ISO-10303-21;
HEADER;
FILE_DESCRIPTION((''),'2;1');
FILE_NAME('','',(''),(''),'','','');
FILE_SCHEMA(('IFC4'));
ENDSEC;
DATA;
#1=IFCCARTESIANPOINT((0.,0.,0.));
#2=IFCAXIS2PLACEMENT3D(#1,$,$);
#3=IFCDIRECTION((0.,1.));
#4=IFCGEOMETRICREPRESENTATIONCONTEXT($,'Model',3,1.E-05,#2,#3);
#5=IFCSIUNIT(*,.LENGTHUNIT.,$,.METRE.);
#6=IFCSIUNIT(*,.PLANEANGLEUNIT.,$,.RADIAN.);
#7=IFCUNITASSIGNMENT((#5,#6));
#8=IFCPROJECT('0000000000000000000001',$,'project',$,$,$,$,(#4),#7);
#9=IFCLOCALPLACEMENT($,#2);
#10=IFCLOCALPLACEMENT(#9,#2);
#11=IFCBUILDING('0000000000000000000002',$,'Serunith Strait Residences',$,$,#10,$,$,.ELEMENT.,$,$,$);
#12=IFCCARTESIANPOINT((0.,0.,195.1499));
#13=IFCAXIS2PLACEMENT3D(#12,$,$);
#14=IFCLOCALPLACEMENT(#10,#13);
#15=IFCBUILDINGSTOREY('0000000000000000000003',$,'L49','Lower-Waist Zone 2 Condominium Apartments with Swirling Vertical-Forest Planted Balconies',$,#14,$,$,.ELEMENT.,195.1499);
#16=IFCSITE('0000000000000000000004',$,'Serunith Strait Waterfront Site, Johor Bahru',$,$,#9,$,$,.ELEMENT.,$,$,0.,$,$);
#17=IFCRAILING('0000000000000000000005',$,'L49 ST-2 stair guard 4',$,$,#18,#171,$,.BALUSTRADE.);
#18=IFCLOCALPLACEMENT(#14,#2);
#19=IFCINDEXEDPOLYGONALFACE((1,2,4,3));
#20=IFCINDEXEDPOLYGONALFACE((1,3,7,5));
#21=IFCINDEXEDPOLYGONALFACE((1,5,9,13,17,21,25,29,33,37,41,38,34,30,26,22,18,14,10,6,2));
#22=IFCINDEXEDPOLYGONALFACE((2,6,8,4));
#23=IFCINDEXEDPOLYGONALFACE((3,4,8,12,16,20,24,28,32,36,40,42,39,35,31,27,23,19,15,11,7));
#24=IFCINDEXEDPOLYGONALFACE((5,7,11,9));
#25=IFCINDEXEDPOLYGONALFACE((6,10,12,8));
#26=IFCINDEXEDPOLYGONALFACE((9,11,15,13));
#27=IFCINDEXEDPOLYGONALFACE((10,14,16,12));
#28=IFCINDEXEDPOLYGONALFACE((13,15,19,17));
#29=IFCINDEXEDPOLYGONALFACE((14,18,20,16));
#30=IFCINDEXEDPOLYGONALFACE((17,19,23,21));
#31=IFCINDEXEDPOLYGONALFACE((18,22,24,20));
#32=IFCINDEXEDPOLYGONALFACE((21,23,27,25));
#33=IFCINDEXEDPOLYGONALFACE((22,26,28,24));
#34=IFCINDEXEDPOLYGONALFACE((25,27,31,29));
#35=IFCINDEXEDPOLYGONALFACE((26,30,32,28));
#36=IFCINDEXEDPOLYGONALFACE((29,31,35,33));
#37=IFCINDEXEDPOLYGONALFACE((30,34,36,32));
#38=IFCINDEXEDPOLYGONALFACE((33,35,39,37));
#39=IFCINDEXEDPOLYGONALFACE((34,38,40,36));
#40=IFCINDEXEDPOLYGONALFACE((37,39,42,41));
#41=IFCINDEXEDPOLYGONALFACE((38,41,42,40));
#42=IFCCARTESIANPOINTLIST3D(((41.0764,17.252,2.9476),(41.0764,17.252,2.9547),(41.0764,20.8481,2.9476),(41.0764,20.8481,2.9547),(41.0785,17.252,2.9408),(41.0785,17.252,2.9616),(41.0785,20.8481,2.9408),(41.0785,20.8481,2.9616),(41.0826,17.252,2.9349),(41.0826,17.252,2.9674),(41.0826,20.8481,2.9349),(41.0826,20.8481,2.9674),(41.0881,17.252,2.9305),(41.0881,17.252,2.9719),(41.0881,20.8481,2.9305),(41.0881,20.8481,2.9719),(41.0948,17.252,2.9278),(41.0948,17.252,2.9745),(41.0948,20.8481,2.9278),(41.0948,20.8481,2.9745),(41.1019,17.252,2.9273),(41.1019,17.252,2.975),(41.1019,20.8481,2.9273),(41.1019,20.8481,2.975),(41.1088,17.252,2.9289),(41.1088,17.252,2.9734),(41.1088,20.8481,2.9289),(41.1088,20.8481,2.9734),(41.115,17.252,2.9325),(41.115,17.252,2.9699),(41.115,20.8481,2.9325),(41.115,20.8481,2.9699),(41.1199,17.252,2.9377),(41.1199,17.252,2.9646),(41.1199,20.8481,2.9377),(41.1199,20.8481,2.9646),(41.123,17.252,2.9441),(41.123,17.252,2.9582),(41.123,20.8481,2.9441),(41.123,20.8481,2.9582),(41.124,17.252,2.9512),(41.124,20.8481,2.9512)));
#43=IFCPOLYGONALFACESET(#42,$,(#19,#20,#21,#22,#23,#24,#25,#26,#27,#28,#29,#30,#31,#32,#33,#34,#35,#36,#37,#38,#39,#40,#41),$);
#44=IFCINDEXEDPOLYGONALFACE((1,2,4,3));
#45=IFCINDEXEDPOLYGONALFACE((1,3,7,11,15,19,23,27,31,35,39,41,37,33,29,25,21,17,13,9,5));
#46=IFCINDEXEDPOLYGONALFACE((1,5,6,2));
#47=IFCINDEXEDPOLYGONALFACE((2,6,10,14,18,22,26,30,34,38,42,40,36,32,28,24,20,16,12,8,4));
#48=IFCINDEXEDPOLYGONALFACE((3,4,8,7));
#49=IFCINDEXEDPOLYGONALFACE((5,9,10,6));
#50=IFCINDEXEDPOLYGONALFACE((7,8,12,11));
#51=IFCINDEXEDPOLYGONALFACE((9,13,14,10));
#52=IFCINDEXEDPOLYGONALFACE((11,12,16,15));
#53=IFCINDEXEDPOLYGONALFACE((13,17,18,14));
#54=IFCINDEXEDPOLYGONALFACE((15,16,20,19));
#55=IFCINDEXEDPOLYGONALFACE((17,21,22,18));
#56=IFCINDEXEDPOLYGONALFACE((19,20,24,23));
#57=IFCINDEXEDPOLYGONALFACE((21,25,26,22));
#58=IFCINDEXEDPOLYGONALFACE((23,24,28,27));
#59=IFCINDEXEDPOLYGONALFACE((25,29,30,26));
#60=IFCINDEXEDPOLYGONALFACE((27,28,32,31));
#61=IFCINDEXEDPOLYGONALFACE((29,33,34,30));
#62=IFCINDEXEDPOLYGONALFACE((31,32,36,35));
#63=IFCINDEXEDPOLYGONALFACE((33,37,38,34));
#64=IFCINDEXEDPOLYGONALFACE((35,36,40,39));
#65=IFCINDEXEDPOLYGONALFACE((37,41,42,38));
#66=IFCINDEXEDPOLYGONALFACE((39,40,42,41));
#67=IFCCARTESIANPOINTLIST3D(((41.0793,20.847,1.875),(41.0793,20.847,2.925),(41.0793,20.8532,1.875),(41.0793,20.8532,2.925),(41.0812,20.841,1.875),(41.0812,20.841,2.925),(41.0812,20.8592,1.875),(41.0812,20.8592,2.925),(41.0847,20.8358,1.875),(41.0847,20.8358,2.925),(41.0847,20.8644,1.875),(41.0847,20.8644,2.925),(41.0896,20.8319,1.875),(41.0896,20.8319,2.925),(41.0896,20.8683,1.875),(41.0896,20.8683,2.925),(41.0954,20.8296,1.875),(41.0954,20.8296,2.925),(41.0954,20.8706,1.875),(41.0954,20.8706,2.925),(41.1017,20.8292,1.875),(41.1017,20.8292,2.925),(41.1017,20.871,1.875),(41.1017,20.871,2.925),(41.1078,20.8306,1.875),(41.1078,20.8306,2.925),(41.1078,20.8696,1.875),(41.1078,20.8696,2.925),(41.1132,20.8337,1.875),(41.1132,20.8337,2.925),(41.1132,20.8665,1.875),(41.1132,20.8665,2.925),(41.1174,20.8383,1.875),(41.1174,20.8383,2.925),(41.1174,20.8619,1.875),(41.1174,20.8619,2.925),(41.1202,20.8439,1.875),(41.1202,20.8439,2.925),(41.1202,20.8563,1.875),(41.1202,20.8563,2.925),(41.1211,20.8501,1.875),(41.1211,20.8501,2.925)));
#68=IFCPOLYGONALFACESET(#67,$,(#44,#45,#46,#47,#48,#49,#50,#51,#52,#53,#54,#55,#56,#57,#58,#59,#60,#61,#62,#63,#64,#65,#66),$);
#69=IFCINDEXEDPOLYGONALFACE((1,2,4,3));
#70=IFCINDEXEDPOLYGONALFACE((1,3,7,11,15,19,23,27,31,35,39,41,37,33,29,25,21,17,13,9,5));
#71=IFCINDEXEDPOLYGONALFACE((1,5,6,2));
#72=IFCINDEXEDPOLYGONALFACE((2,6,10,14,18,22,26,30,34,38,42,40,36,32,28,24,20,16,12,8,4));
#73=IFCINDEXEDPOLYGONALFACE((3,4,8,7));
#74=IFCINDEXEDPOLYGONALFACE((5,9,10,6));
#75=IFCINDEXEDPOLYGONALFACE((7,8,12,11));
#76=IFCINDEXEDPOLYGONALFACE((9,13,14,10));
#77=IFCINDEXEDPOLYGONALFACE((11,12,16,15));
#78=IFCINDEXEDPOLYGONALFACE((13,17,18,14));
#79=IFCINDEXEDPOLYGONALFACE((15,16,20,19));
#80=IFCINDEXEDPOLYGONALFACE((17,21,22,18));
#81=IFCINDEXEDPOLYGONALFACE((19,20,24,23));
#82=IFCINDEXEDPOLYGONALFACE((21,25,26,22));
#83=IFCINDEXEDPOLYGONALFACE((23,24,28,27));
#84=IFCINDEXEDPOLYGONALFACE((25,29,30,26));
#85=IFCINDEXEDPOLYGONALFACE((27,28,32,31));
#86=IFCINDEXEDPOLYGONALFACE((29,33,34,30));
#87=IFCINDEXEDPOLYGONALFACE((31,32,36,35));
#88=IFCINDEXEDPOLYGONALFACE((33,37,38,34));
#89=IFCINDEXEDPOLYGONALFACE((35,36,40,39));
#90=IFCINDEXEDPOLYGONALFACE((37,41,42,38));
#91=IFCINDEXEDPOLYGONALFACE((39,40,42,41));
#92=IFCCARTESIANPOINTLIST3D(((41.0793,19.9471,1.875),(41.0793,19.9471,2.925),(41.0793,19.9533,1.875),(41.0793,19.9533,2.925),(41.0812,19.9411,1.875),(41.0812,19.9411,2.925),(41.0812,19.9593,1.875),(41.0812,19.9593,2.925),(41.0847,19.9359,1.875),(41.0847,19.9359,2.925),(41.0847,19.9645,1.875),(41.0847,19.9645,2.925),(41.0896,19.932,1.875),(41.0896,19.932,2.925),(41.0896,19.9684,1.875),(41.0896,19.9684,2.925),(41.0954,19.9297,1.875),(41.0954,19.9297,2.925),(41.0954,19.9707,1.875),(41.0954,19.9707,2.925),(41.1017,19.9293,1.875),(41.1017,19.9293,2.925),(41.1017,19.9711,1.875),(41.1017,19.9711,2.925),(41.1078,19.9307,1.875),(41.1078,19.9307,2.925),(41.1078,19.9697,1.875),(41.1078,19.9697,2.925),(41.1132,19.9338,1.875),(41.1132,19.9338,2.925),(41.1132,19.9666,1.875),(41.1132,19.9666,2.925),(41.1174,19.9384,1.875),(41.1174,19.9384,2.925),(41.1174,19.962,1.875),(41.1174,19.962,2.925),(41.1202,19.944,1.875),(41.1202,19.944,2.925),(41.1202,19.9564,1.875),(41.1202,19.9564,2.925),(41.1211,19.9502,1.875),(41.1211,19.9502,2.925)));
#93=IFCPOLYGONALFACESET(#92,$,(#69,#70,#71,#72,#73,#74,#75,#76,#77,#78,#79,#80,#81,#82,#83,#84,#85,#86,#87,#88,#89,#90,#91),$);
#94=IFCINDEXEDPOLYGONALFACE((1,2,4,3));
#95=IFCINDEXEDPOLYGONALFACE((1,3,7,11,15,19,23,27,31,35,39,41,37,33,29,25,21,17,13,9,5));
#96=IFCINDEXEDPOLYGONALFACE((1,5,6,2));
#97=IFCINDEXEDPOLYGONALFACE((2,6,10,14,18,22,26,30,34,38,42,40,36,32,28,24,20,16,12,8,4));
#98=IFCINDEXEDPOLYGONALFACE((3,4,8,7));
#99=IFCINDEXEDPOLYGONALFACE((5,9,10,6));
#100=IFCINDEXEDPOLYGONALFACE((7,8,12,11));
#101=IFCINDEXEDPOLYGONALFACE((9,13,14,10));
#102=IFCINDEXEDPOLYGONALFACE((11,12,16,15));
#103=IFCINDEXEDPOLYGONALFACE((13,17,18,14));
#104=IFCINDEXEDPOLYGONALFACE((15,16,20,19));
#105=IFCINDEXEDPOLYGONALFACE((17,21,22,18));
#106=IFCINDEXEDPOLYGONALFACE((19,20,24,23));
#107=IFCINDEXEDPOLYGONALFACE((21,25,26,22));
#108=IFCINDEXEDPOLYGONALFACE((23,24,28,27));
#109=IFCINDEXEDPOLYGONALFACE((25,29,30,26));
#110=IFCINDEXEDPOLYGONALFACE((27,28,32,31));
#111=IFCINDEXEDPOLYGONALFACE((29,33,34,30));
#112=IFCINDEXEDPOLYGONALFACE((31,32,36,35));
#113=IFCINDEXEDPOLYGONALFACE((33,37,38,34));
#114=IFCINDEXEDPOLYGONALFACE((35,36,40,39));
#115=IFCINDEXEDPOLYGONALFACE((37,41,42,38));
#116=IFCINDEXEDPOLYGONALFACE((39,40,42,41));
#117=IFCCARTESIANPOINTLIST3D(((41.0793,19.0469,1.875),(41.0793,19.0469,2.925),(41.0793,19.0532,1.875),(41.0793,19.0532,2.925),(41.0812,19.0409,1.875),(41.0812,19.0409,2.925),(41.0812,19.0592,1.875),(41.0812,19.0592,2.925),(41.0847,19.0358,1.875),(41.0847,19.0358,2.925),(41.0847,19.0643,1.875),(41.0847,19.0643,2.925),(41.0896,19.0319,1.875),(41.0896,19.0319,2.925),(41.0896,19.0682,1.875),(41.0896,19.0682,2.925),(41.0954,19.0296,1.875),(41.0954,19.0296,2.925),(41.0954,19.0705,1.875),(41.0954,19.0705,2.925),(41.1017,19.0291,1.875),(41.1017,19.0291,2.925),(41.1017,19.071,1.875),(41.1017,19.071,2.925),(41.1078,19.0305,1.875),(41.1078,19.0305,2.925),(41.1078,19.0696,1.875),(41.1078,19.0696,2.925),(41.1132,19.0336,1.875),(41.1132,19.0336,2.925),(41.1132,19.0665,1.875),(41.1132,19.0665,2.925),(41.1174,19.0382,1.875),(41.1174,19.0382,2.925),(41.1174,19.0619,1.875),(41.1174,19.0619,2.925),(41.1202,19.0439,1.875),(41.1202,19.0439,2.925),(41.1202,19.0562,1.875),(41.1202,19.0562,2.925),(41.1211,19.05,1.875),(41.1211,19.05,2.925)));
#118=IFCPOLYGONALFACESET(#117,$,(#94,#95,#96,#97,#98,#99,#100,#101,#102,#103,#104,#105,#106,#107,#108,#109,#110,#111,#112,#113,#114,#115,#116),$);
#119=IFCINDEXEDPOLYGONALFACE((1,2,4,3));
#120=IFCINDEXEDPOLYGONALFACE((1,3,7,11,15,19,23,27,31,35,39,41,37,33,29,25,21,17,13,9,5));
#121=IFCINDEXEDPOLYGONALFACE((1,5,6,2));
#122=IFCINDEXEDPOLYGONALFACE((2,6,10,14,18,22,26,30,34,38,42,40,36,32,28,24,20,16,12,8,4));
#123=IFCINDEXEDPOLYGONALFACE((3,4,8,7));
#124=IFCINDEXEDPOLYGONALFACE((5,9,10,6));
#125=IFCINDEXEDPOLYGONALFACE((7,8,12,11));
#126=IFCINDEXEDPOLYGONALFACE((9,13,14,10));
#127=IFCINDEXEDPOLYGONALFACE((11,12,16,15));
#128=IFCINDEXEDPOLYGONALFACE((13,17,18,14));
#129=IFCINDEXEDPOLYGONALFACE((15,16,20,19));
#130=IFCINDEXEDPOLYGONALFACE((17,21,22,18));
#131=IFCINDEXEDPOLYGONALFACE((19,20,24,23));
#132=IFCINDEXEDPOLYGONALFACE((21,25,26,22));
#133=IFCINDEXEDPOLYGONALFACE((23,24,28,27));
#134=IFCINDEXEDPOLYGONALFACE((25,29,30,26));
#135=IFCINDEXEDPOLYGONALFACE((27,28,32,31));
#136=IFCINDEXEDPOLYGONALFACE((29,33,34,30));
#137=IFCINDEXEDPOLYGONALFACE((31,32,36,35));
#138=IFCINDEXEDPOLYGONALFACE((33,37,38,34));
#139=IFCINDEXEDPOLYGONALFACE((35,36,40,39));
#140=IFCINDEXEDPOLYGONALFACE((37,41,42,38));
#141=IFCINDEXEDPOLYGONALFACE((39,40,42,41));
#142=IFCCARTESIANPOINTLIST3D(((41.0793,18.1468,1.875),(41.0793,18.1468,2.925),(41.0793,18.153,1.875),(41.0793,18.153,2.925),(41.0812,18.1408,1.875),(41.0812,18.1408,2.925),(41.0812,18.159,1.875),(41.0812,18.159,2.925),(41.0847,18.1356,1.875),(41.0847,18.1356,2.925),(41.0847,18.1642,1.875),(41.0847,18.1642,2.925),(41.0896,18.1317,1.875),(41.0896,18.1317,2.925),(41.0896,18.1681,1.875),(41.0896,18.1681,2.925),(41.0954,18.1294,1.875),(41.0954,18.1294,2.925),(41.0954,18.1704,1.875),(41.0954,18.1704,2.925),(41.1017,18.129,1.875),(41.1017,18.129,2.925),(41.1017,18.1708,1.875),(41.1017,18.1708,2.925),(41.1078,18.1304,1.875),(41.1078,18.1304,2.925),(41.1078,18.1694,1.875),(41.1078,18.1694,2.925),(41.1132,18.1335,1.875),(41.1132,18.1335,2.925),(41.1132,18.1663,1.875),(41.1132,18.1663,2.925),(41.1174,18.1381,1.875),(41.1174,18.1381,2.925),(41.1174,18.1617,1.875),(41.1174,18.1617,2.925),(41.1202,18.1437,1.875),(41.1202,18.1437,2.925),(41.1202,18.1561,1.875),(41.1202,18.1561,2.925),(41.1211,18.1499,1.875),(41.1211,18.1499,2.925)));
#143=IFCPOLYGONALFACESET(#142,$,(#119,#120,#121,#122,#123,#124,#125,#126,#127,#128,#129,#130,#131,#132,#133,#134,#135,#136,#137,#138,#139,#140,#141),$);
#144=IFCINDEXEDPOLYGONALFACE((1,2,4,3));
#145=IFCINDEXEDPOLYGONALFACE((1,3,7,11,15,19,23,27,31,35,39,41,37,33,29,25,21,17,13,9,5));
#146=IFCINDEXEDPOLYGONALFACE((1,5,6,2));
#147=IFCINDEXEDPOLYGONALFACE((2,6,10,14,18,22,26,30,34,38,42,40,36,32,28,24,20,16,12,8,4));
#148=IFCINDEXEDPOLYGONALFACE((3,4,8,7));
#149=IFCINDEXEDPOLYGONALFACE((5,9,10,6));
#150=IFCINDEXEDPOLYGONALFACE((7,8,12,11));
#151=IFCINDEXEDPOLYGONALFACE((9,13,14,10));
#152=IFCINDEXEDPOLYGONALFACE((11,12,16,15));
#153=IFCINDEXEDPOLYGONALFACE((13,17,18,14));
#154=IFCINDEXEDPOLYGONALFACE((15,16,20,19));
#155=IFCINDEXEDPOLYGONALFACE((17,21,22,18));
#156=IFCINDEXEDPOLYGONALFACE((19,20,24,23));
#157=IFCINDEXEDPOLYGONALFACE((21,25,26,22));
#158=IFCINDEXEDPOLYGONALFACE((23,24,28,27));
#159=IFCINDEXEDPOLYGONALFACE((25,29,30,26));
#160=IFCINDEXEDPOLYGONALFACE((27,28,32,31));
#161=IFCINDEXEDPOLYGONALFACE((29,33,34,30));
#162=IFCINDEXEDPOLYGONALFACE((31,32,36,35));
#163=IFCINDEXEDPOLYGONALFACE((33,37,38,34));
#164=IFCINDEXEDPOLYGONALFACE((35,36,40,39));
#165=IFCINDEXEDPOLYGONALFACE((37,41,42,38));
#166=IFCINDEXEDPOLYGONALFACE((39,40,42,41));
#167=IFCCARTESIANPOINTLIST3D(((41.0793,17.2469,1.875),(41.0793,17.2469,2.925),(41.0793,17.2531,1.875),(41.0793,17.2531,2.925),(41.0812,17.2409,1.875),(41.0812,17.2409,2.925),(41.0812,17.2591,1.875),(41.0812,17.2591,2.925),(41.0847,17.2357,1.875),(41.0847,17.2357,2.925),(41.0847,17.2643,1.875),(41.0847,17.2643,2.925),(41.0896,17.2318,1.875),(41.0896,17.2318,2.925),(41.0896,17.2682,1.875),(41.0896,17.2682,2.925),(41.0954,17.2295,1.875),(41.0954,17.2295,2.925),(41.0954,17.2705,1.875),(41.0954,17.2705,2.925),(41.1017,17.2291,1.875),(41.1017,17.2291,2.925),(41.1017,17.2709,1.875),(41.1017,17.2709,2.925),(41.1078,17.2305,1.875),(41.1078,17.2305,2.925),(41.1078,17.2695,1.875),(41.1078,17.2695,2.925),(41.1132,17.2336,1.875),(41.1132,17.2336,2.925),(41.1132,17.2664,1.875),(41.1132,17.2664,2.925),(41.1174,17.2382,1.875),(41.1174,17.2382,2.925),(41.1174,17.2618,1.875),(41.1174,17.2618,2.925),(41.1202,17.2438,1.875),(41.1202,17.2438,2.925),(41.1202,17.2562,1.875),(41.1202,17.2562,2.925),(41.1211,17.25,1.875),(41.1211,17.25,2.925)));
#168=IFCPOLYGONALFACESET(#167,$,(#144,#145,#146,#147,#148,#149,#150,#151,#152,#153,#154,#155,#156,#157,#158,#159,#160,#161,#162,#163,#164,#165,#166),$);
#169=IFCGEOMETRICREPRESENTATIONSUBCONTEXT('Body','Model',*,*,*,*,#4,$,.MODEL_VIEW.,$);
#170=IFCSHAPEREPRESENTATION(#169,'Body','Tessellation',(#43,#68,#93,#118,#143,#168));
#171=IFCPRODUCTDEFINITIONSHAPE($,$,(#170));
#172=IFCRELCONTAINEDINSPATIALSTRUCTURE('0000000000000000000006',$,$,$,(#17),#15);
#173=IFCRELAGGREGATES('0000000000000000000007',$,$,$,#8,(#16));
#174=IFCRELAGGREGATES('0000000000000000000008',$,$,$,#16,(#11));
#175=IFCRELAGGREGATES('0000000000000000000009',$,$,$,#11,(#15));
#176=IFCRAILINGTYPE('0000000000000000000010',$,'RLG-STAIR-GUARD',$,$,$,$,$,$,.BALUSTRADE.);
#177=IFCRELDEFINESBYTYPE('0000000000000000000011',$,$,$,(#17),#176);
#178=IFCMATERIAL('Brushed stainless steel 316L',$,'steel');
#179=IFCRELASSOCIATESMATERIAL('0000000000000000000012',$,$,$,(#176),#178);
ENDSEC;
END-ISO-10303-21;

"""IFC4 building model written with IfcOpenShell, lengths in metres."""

from ifc_helpers import new_model, si_unit, direction, frame, origin, origin_2d, place, context, subcontext, project, spatial, circle, extrude, material, type_object, element, save


model = new_model("IFC4")

# Units and contexts
model_context = context("Model", 3, precision=1e-05, world=origin(), true_north=direction((0.0, 1.0)))
body_context = subcontext(model_context, "Body", "Model", "MODEL_VIEW")
ifc_project = project(units=[si_unit("LENGTHUNIT", "METRE"), si_unit("PLANEANGLEUNIT", "RADIAN")], contexts=[model_context])

# Site, building, storey
site_placement = place(None, origin())
site = spatial("IfcSite", under=ifc_project, at=site_placement, Name="Serunith Strait Waterfront Site, Johor Bahru", CompositionType="ELEMENT", RefElevation=0.0)
building_placement = place(site_placement, origin())
building = spatial("IfcBuilding", under=site, at=building_placement, Name="Serunith Strait Residences", CompositionType="ELEMENT")
storey_placement = place(building_placement, frame((0.0, 0.0, 195.1499)))
storey = spatial("IfcBuildingStorey", under=building, at=storey_placement, Name="L49", Description="Lower-Waist Zone 2 Condominium Apartments with Swirling Vertical-Forest Planted Balconies", CompositionType="ELEMENT", Elevation=195.1499)

# Railing
ifc_material_1 = material(Name="Brushed stainless steel 316L", Category="steel")
railing_type_1 = type_object("IfcRailingType", Name="RLG-STAIR-GUARD", PredefinedType="BALUSTRADE", material=ifc_material_1)
for number, where, name in (
    (1, (41.1001, 20.8501, 1.875), "L49 ST-2 stair guard 4"),
):
    element("IfcRailing", number, at=place(storey_placement, frame(where)), inside=storey, type_object=railing_type_1, Name=name, PredefinedType="BALUSTRADE", context=body_context, shape_type="SweptSolid", body=[
        extrude(circle(Radius=0.0239, at=origin_2d()), frame((0.0, -0.002, 1.0762), z_axis=(0.0, -1.0, 0.0), x_axis=(1.0, 0.0, 0.0)), (0.0, 0.0, 1.0), 3.5962),
        extrude(circle(Radius=0.021, at=origin_2d()), origin(), (0.0, 0.0, 1.0), 1.05),
        extrude(circle(Radius=0.021, at=origin_2d()), frame((0.0, -0.8999, 0.0)), (0.0, 0.0, 1.0), 1.05),
        extrude(circle(Radius=0.021, at=origin_2d()), frame((0.0, -1.8, 0.0)), (0.0, 0.0, 1.0), 1.05),
        extrude(circle(Radius=0.021, at=origin_2d()), frame((0.0, -2.7002, 0.0)), (0.0, 0.0, 1.0), 1.05),
        extrude(circle(Radius=0.021, at=origin_2d()), frame((0.0, -3.6001, 0.0)), (0.0, 0.0, 1.0), 1.05),
    ])

save(model, "model.ifc")
